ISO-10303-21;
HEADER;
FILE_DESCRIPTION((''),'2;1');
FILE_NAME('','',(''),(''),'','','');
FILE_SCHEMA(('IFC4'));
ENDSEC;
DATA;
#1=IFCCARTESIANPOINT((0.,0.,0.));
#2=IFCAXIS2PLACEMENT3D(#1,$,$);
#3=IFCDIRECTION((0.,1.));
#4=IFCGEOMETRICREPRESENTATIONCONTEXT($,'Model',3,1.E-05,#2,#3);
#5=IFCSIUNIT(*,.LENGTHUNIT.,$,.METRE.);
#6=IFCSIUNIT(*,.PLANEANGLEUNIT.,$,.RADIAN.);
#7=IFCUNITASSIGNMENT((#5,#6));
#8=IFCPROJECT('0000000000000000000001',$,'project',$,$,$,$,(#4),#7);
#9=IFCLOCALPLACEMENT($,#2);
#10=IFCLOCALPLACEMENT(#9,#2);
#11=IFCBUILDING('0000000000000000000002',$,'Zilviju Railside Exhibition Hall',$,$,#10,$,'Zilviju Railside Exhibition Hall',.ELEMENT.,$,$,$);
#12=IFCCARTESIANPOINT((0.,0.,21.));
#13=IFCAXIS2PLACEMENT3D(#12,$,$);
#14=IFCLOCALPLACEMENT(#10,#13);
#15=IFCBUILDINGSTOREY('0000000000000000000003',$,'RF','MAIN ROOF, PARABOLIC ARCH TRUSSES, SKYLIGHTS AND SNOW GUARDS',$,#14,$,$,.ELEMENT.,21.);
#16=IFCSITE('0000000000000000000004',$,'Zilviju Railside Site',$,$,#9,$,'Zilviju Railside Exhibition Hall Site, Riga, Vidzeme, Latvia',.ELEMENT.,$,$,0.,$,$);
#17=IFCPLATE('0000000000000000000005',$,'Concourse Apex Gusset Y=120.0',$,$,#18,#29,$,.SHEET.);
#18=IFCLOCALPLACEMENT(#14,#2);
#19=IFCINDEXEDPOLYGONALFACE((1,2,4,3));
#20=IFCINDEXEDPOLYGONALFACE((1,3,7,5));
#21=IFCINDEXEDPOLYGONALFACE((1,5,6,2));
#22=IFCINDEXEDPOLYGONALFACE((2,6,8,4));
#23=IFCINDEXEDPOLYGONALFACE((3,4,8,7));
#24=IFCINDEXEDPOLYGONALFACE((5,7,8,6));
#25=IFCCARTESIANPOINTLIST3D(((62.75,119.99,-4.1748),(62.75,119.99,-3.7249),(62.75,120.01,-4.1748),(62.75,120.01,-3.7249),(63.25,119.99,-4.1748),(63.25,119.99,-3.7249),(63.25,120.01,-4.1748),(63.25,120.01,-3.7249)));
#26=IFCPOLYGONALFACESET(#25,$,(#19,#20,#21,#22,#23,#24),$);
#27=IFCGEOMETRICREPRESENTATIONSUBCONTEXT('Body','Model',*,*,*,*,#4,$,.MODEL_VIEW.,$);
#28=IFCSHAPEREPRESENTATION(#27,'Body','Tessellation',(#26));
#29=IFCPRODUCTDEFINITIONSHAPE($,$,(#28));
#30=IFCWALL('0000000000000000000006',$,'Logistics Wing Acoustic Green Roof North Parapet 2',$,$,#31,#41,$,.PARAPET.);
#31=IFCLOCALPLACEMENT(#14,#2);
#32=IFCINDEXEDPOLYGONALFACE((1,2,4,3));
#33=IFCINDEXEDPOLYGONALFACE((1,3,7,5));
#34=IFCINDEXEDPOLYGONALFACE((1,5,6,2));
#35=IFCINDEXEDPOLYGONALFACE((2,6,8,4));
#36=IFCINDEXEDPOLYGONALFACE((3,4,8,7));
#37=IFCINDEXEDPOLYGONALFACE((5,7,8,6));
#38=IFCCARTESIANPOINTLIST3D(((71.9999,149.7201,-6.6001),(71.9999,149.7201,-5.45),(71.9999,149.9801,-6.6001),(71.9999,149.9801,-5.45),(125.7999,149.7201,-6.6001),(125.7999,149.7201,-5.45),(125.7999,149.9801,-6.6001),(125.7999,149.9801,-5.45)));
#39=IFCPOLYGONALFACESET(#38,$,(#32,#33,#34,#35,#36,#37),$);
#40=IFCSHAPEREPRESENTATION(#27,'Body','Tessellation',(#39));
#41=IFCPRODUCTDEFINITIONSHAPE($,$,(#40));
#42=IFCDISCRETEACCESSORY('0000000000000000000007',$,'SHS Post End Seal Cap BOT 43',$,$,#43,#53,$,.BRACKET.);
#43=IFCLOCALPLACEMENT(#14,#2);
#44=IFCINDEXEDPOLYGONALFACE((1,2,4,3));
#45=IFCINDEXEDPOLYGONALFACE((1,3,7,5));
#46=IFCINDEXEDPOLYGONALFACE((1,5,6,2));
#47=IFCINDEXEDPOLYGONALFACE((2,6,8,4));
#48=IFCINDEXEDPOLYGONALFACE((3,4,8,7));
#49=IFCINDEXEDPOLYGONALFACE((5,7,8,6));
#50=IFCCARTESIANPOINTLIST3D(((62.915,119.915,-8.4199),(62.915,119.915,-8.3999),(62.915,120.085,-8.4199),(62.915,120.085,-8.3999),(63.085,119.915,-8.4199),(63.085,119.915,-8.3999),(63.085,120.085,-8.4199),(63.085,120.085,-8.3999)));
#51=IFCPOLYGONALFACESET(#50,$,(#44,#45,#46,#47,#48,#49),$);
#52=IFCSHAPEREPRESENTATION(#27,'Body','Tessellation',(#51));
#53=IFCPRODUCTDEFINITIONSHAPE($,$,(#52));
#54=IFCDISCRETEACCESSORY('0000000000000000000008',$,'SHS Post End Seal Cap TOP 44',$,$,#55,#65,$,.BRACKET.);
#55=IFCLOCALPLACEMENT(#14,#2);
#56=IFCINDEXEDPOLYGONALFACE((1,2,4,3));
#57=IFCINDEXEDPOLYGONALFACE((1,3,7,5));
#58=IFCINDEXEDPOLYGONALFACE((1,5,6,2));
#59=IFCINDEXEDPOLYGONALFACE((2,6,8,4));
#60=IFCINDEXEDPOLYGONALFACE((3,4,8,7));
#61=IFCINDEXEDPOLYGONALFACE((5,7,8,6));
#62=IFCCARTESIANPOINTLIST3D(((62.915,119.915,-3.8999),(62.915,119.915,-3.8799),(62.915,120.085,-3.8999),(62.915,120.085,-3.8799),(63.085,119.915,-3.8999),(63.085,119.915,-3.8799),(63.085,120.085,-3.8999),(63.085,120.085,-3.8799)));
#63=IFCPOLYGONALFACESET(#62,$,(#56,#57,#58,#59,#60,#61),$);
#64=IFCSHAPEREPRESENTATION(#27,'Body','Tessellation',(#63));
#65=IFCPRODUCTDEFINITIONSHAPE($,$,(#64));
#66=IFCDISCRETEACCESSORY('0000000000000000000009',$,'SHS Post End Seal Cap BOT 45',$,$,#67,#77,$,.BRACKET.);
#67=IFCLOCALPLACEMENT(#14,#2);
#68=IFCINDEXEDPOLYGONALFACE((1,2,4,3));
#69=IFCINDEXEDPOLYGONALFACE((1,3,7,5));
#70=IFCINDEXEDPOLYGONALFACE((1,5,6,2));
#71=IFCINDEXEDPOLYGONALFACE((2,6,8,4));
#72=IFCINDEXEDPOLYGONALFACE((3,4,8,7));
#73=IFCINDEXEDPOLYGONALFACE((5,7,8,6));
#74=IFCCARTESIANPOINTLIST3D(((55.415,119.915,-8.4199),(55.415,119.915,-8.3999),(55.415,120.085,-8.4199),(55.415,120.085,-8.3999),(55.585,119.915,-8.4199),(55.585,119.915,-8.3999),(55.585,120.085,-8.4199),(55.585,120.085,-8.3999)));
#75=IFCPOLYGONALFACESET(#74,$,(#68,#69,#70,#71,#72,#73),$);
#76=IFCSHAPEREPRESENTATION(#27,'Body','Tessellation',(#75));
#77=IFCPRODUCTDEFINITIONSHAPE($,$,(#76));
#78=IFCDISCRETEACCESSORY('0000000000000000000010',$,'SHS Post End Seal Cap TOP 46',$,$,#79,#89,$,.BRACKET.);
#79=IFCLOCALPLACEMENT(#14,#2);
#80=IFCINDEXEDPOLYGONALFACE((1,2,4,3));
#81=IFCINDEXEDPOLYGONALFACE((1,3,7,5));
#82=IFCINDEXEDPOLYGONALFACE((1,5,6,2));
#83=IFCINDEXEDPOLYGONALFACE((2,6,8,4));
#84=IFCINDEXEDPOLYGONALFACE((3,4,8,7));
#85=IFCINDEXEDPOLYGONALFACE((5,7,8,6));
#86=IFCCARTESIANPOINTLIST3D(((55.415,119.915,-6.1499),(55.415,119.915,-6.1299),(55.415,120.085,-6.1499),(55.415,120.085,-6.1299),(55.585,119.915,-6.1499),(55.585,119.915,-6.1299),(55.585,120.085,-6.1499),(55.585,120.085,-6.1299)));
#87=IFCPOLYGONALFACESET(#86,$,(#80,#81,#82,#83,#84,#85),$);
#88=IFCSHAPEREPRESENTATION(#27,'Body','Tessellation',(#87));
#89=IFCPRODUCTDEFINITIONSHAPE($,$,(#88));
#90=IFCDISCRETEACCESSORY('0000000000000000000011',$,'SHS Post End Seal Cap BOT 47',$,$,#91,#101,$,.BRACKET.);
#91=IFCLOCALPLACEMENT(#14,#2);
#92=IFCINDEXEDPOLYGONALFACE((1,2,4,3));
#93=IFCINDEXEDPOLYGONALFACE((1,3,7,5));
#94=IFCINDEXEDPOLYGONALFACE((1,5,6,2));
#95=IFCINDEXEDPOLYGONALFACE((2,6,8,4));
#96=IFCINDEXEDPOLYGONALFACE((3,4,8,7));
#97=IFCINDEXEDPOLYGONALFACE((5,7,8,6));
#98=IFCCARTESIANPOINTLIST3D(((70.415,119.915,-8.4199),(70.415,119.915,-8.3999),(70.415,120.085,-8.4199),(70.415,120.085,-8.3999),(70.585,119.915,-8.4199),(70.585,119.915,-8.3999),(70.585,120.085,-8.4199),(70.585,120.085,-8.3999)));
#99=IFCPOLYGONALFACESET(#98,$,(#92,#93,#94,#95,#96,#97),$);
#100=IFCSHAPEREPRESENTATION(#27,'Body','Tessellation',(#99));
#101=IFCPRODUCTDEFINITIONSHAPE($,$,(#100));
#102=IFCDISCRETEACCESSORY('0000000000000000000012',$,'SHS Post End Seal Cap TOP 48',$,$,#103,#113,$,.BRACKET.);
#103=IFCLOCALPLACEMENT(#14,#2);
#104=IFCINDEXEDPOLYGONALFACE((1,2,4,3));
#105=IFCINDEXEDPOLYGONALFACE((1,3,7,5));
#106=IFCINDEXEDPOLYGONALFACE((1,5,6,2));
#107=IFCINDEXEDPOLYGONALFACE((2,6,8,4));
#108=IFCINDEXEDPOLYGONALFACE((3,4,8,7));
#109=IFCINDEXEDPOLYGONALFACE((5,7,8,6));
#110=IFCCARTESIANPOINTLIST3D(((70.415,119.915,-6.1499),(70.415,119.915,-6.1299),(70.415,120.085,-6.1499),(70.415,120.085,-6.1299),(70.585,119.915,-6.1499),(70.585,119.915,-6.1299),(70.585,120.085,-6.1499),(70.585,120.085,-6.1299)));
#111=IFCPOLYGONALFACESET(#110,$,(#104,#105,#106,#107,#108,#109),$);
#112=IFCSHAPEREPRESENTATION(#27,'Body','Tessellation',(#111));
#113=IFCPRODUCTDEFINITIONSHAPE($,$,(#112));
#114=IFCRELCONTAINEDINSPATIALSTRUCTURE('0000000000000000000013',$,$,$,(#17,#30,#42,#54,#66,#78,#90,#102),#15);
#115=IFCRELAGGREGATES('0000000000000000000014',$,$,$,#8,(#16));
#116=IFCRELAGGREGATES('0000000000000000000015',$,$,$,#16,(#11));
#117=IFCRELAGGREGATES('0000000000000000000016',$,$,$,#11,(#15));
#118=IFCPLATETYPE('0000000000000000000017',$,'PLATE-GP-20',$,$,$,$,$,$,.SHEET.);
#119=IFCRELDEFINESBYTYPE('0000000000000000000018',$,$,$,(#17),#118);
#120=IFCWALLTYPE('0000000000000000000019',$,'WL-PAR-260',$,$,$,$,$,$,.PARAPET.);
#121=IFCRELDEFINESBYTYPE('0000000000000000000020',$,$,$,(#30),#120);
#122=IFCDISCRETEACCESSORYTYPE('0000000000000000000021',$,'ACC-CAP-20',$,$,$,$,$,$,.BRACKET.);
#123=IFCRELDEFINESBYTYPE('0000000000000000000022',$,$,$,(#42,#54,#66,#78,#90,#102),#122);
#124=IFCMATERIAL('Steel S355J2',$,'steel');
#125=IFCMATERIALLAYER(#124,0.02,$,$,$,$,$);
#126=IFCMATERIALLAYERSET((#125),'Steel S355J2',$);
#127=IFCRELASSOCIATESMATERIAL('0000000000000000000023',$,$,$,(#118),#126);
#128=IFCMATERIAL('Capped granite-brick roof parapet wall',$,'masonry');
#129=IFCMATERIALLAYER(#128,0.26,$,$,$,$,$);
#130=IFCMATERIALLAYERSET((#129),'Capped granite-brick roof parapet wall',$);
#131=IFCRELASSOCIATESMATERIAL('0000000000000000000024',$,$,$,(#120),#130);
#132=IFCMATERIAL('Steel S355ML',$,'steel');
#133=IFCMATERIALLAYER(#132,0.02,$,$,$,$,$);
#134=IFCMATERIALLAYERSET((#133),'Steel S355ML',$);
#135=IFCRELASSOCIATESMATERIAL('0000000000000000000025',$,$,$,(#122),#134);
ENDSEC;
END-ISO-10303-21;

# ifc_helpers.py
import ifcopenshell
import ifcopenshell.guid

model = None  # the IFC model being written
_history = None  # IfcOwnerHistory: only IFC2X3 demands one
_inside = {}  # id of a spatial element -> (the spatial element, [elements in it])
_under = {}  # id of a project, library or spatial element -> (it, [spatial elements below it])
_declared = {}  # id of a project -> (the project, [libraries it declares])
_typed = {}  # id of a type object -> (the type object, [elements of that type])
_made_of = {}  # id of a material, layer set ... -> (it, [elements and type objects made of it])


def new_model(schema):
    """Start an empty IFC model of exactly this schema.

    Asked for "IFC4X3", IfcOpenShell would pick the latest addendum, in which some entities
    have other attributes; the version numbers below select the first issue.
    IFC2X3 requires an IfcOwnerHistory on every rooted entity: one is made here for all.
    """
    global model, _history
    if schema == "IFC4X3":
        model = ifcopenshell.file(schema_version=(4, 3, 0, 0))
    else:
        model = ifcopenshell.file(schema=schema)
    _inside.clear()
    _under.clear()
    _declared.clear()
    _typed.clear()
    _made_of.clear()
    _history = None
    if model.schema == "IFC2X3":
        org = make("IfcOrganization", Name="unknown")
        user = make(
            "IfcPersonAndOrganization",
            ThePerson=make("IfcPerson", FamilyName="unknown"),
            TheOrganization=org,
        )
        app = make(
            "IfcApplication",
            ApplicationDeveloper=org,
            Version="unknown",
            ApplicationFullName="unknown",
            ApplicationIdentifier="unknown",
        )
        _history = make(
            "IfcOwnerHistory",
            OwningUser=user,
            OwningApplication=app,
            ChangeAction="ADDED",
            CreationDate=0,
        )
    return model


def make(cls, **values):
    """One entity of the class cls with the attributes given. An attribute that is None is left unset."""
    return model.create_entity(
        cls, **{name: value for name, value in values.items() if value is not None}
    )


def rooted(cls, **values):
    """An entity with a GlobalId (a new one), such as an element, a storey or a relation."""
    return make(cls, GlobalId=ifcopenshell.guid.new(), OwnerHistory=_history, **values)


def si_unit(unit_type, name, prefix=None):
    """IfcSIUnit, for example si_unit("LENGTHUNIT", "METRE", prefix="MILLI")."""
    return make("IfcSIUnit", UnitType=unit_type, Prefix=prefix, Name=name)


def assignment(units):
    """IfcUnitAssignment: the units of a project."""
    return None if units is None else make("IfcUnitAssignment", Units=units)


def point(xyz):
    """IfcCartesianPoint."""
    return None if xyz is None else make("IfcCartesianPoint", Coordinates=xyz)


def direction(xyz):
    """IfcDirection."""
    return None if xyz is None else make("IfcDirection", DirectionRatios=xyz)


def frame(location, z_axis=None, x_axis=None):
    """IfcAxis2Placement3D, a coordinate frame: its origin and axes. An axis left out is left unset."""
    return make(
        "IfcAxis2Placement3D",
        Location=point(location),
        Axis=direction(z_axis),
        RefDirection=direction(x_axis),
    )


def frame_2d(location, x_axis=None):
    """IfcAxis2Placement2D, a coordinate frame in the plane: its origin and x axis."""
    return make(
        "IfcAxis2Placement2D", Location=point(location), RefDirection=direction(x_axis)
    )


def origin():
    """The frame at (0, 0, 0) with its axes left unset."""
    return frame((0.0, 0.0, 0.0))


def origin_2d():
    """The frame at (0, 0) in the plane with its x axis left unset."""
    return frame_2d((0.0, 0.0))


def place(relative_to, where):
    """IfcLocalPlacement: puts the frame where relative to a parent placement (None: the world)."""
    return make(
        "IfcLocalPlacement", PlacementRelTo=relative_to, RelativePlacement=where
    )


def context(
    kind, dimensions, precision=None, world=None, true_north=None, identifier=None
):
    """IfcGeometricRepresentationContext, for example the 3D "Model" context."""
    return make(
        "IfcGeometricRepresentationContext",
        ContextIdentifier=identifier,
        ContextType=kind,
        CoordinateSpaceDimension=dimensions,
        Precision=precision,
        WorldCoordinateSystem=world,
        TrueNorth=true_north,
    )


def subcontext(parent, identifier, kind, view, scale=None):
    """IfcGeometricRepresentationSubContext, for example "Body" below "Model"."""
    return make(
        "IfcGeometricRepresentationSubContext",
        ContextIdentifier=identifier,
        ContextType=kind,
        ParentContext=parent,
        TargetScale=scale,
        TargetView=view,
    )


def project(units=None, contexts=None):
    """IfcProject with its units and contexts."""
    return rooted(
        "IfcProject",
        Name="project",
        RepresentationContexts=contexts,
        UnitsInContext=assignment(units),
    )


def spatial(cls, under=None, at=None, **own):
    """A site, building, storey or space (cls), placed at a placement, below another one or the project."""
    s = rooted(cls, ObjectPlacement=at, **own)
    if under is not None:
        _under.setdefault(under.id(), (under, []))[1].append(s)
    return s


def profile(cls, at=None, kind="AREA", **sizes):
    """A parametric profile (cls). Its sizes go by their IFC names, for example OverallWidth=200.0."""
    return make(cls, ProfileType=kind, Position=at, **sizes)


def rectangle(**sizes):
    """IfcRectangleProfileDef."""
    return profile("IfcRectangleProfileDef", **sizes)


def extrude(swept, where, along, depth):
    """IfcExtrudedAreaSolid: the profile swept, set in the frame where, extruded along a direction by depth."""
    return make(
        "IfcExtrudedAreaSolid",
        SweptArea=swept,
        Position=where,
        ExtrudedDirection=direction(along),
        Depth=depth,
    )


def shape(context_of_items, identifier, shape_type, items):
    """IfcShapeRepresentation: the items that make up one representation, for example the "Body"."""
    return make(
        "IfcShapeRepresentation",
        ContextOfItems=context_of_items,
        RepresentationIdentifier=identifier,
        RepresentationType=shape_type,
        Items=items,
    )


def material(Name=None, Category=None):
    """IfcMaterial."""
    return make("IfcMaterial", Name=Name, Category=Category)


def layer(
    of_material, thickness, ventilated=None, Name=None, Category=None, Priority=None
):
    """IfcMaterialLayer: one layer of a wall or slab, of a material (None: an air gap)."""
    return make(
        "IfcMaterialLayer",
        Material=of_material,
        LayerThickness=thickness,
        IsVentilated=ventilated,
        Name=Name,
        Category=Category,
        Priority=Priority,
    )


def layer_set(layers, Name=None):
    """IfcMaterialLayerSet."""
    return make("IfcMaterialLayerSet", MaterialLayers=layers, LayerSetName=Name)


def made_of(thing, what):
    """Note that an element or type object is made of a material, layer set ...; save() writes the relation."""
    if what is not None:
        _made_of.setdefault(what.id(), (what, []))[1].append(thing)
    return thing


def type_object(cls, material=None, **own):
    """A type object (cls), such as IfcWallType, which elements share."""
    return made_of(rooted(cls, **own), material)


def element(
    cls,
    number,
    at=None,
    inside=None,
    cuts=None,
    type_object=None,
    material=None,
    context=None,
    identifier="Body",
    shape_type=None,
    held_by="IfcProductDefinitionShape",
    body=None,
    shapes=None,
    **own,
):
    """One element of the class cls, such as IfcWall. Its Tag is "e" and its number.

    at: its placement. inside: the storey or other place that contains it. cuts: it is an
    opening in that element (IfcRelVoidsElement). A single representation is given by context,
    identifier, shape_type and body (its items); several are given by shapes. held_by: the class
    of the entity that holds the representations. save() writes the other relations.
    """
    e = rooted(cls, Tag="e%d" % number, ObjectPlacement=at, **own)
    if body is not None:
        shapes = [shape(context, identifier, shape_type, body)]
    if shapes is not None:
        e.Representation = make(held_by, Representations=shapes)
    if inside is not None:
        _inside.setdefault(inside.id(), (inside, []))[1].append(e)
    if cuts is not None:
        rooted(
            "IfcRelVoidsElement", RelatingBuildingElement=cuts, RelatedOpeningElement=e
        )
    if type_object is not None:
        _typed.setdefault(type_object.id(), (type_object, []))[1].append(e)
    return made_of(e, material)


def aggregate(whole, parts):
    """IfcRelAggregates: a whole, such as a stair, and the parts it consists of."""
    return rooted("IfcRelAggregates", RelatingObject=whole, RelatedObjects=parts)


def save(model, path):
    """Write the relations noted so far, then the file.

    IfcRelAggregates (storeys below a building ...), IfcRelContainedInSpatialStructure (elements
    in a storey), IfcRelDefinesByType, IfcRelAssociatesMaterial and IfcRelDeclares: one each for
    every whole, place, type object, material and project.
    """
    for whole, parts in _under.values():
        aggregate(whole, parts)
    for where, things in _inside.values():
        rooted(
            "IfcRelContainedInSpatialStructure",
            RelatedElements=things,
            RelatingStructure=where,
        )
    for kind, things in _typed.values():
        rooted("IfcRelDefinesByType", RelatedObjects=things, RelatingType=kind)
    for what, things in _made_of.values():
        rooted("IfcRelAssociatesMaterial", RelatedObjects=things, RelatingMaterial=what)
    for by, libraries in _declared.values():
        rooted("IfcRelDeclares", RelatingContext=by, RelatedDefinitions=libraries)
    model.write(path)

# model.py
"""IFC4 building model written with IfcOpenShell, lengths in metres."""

from ifc_helpers import new_model, si_unit, direction, frame, frame_2d, origin, origin_2d, place, context, subcontext, project, spatial, rectangle, extrude, material, layer, layer_set, type_object, element, save


model = new_model("IFC4")

# Units and contexts
model_context = context("Model", 3, precision=1e-05, world=origin(), true_north=direction((0.0, 1.0)))
body_context = subcontext(model_context, "Body", "Model", "MODEL_VIEW")
ifc_project = project(units=[si_unit("LENGTHUNIT", "METRE"), si_unit("PLANEANGLEUNIT", "RADIAN")], contexts=[model_context])

# Site, building, storey
site_placement = place(None, origin())
site = spatial("IfcSite", under=ifc_project, at=site_placement, Name="Zilviju Railside Site", LongName="Zilviju Railside Exhibition Hall Site, Riga, Vidzeme, Latvia", CompositionType="ELEMENT", RefElevation=0.0)
building_placement = place(site_placement, origin())
building = spatial("IfcBuilding", under=site, at=building_placement, Name="Zilviju Railside Exhibition Hall", LongName="Zilviju Railside Exhibition Hall", CompositionType="ELEMENT")
storey_placement = place(building_placement, frame((0.0, 0.0, 21.0)))
storey = spatial("IfcBuildingStorey", under=building, at=storey_placement, Name="RF", Description="MAIN ROOF, PARABOLIC ARCH TRUSSES, SKYLIGHTS AND SNOW GUARDS", CompositionType="ELEMENT", Elevation=21.0)

# Shared definitions
ifc_material_1 = material(Name="Steel S355J2", Category="steel")

# Plate
ifc_layer_1 = layer(ifc_material_1, 0.02)
ifc_layer_set_1 = layer_set([ifc_layer_1], Name="Steel S355J2")
plate_type = type_object("IfcPlateType", Name="PLATE-GP-20", PredefinedType="SHEET", material=ifc_layer_set_1)
plate_placement = place(storey_placement, frame((63.0, 120.0, -4.1748), z_axis=(0.0, 0.0, 1.0), x_axis=(1.0, 0.0, 0.0)))
element("IfcPlate", 1, at=plate_placement, inside=storey, type_object=plate_type, Name="Concourse Apex Gusset Y=120.0", PredefinedType="SHEET", context=body_context, shape_type="SweptSolid", body=[
    extrude(rectangle(XDim=0.5, YDim=0.02, at=origin_2d()), origin(), (0.0, 0.0, 1.0), 0.45),
])

# Wall
ifc_material_2 = material(Name="Capped granite-brick roof parapet wall", Category="masonry")
ifc_layer_2 = layer(ifc_material_2, 0.26)
ifc_layer_set_2 = layer_set([ifc_layer_2], Name="Capped granite-brick roof parapet wall")
wall_type = type_object("IfcWallType", Name="WL-PAR-260", PredefinedType="PARAPET", material=ifc_layer_set_2)
wall_placement = place(storey_placement, frame((72.0, 149.8501, -6.6001), z_axis=(0.0, 0.0, 1.0), x_axis=(1.0, 0.0, 0.0)))
element("IfcWall", 2, at=wall_placement, inside=storey, type_object=wall_type, Name="Logistics Wing Acoustic Green Roof North Parapet 2", PredefinedType="PARAPET", context=body_context, shape_type="SweptSolid", body=[
    extrude(rectangle(XDim=53.8, YDim=0.26, at=frame_2d((26.8999, 0.0))), origin(), (0.0, 0.0, 1.0), 1.1501),
])

# Discrete accessories
ifc_material_3 = material(Name="Steel S355ML", Category="steel")
ifc_layer_3 = layer(ifc_material_3, 0.02)
ifc_layer_set_3 = layer_set([ifc_layer_3], Name="Steel S355ML")
discrete_accessory_type = type_object("IfcDiscreteAccessoryType", Name="ACC-CAP-20", PredefinedType="BRACKET", material=ifc_layer_set_3)
for number, where, z_axis, x_axis, name in (
    (3, (63.0, 120.0, -8.4199), (0.0, 0.0, 1.0), (1.0, 0.0, 0.0), "SHS Post End Seal Cap BOT 43"),
    (4, (63.0, 120.0, -3.8999), (0.0, 0.0, 1.0), (1.0, 0.0, 0.0), "SHS Post End Seal Cap TOP 44"),
    (5, (55.5, 120.0, -8.4199), (0.0, 0.0, 1.0), (1.0, 0.0, 0.0), "SHS Post End Seal Cap BOT 45"),
    (6, (55.5, 120.0, -6.1499), (0.0, 0.0, 1.0), (1.0, 0.0, 0.0), "SHS Post End Seal Cap TOP 46"),
    (7, (70.5, 120.0, -8.4199), (0.0, 0.0, 1.0), (1.0, 0.0, 0.0), "SHS Post End Seal Cap BOT 47"),
    (8, (70.5, 120.0, -6.1499), (0.0, 0.0, 1.0), (1.0, 0.0, 0.0), "SHS Post End Seal Cap TOP 48"),
):
    element("IfcDiscreteAccessory", number, at=place(storey_placement, frame(where, z_axis=z_axis, x_axis=x_axis)), inside=storey, type_object=discrete_accessory_type, Name=name, PredefinedType="BRACKET", context=body_context, shape_type="SweptSolid", body=[
        extrude(rectangle(XDim=0.1699, YDim=0.1699, at=origin_2d()), origin(), (0.0, 0.0, 1.0), 0.02),
    ])

save(model, "model.ifc")
